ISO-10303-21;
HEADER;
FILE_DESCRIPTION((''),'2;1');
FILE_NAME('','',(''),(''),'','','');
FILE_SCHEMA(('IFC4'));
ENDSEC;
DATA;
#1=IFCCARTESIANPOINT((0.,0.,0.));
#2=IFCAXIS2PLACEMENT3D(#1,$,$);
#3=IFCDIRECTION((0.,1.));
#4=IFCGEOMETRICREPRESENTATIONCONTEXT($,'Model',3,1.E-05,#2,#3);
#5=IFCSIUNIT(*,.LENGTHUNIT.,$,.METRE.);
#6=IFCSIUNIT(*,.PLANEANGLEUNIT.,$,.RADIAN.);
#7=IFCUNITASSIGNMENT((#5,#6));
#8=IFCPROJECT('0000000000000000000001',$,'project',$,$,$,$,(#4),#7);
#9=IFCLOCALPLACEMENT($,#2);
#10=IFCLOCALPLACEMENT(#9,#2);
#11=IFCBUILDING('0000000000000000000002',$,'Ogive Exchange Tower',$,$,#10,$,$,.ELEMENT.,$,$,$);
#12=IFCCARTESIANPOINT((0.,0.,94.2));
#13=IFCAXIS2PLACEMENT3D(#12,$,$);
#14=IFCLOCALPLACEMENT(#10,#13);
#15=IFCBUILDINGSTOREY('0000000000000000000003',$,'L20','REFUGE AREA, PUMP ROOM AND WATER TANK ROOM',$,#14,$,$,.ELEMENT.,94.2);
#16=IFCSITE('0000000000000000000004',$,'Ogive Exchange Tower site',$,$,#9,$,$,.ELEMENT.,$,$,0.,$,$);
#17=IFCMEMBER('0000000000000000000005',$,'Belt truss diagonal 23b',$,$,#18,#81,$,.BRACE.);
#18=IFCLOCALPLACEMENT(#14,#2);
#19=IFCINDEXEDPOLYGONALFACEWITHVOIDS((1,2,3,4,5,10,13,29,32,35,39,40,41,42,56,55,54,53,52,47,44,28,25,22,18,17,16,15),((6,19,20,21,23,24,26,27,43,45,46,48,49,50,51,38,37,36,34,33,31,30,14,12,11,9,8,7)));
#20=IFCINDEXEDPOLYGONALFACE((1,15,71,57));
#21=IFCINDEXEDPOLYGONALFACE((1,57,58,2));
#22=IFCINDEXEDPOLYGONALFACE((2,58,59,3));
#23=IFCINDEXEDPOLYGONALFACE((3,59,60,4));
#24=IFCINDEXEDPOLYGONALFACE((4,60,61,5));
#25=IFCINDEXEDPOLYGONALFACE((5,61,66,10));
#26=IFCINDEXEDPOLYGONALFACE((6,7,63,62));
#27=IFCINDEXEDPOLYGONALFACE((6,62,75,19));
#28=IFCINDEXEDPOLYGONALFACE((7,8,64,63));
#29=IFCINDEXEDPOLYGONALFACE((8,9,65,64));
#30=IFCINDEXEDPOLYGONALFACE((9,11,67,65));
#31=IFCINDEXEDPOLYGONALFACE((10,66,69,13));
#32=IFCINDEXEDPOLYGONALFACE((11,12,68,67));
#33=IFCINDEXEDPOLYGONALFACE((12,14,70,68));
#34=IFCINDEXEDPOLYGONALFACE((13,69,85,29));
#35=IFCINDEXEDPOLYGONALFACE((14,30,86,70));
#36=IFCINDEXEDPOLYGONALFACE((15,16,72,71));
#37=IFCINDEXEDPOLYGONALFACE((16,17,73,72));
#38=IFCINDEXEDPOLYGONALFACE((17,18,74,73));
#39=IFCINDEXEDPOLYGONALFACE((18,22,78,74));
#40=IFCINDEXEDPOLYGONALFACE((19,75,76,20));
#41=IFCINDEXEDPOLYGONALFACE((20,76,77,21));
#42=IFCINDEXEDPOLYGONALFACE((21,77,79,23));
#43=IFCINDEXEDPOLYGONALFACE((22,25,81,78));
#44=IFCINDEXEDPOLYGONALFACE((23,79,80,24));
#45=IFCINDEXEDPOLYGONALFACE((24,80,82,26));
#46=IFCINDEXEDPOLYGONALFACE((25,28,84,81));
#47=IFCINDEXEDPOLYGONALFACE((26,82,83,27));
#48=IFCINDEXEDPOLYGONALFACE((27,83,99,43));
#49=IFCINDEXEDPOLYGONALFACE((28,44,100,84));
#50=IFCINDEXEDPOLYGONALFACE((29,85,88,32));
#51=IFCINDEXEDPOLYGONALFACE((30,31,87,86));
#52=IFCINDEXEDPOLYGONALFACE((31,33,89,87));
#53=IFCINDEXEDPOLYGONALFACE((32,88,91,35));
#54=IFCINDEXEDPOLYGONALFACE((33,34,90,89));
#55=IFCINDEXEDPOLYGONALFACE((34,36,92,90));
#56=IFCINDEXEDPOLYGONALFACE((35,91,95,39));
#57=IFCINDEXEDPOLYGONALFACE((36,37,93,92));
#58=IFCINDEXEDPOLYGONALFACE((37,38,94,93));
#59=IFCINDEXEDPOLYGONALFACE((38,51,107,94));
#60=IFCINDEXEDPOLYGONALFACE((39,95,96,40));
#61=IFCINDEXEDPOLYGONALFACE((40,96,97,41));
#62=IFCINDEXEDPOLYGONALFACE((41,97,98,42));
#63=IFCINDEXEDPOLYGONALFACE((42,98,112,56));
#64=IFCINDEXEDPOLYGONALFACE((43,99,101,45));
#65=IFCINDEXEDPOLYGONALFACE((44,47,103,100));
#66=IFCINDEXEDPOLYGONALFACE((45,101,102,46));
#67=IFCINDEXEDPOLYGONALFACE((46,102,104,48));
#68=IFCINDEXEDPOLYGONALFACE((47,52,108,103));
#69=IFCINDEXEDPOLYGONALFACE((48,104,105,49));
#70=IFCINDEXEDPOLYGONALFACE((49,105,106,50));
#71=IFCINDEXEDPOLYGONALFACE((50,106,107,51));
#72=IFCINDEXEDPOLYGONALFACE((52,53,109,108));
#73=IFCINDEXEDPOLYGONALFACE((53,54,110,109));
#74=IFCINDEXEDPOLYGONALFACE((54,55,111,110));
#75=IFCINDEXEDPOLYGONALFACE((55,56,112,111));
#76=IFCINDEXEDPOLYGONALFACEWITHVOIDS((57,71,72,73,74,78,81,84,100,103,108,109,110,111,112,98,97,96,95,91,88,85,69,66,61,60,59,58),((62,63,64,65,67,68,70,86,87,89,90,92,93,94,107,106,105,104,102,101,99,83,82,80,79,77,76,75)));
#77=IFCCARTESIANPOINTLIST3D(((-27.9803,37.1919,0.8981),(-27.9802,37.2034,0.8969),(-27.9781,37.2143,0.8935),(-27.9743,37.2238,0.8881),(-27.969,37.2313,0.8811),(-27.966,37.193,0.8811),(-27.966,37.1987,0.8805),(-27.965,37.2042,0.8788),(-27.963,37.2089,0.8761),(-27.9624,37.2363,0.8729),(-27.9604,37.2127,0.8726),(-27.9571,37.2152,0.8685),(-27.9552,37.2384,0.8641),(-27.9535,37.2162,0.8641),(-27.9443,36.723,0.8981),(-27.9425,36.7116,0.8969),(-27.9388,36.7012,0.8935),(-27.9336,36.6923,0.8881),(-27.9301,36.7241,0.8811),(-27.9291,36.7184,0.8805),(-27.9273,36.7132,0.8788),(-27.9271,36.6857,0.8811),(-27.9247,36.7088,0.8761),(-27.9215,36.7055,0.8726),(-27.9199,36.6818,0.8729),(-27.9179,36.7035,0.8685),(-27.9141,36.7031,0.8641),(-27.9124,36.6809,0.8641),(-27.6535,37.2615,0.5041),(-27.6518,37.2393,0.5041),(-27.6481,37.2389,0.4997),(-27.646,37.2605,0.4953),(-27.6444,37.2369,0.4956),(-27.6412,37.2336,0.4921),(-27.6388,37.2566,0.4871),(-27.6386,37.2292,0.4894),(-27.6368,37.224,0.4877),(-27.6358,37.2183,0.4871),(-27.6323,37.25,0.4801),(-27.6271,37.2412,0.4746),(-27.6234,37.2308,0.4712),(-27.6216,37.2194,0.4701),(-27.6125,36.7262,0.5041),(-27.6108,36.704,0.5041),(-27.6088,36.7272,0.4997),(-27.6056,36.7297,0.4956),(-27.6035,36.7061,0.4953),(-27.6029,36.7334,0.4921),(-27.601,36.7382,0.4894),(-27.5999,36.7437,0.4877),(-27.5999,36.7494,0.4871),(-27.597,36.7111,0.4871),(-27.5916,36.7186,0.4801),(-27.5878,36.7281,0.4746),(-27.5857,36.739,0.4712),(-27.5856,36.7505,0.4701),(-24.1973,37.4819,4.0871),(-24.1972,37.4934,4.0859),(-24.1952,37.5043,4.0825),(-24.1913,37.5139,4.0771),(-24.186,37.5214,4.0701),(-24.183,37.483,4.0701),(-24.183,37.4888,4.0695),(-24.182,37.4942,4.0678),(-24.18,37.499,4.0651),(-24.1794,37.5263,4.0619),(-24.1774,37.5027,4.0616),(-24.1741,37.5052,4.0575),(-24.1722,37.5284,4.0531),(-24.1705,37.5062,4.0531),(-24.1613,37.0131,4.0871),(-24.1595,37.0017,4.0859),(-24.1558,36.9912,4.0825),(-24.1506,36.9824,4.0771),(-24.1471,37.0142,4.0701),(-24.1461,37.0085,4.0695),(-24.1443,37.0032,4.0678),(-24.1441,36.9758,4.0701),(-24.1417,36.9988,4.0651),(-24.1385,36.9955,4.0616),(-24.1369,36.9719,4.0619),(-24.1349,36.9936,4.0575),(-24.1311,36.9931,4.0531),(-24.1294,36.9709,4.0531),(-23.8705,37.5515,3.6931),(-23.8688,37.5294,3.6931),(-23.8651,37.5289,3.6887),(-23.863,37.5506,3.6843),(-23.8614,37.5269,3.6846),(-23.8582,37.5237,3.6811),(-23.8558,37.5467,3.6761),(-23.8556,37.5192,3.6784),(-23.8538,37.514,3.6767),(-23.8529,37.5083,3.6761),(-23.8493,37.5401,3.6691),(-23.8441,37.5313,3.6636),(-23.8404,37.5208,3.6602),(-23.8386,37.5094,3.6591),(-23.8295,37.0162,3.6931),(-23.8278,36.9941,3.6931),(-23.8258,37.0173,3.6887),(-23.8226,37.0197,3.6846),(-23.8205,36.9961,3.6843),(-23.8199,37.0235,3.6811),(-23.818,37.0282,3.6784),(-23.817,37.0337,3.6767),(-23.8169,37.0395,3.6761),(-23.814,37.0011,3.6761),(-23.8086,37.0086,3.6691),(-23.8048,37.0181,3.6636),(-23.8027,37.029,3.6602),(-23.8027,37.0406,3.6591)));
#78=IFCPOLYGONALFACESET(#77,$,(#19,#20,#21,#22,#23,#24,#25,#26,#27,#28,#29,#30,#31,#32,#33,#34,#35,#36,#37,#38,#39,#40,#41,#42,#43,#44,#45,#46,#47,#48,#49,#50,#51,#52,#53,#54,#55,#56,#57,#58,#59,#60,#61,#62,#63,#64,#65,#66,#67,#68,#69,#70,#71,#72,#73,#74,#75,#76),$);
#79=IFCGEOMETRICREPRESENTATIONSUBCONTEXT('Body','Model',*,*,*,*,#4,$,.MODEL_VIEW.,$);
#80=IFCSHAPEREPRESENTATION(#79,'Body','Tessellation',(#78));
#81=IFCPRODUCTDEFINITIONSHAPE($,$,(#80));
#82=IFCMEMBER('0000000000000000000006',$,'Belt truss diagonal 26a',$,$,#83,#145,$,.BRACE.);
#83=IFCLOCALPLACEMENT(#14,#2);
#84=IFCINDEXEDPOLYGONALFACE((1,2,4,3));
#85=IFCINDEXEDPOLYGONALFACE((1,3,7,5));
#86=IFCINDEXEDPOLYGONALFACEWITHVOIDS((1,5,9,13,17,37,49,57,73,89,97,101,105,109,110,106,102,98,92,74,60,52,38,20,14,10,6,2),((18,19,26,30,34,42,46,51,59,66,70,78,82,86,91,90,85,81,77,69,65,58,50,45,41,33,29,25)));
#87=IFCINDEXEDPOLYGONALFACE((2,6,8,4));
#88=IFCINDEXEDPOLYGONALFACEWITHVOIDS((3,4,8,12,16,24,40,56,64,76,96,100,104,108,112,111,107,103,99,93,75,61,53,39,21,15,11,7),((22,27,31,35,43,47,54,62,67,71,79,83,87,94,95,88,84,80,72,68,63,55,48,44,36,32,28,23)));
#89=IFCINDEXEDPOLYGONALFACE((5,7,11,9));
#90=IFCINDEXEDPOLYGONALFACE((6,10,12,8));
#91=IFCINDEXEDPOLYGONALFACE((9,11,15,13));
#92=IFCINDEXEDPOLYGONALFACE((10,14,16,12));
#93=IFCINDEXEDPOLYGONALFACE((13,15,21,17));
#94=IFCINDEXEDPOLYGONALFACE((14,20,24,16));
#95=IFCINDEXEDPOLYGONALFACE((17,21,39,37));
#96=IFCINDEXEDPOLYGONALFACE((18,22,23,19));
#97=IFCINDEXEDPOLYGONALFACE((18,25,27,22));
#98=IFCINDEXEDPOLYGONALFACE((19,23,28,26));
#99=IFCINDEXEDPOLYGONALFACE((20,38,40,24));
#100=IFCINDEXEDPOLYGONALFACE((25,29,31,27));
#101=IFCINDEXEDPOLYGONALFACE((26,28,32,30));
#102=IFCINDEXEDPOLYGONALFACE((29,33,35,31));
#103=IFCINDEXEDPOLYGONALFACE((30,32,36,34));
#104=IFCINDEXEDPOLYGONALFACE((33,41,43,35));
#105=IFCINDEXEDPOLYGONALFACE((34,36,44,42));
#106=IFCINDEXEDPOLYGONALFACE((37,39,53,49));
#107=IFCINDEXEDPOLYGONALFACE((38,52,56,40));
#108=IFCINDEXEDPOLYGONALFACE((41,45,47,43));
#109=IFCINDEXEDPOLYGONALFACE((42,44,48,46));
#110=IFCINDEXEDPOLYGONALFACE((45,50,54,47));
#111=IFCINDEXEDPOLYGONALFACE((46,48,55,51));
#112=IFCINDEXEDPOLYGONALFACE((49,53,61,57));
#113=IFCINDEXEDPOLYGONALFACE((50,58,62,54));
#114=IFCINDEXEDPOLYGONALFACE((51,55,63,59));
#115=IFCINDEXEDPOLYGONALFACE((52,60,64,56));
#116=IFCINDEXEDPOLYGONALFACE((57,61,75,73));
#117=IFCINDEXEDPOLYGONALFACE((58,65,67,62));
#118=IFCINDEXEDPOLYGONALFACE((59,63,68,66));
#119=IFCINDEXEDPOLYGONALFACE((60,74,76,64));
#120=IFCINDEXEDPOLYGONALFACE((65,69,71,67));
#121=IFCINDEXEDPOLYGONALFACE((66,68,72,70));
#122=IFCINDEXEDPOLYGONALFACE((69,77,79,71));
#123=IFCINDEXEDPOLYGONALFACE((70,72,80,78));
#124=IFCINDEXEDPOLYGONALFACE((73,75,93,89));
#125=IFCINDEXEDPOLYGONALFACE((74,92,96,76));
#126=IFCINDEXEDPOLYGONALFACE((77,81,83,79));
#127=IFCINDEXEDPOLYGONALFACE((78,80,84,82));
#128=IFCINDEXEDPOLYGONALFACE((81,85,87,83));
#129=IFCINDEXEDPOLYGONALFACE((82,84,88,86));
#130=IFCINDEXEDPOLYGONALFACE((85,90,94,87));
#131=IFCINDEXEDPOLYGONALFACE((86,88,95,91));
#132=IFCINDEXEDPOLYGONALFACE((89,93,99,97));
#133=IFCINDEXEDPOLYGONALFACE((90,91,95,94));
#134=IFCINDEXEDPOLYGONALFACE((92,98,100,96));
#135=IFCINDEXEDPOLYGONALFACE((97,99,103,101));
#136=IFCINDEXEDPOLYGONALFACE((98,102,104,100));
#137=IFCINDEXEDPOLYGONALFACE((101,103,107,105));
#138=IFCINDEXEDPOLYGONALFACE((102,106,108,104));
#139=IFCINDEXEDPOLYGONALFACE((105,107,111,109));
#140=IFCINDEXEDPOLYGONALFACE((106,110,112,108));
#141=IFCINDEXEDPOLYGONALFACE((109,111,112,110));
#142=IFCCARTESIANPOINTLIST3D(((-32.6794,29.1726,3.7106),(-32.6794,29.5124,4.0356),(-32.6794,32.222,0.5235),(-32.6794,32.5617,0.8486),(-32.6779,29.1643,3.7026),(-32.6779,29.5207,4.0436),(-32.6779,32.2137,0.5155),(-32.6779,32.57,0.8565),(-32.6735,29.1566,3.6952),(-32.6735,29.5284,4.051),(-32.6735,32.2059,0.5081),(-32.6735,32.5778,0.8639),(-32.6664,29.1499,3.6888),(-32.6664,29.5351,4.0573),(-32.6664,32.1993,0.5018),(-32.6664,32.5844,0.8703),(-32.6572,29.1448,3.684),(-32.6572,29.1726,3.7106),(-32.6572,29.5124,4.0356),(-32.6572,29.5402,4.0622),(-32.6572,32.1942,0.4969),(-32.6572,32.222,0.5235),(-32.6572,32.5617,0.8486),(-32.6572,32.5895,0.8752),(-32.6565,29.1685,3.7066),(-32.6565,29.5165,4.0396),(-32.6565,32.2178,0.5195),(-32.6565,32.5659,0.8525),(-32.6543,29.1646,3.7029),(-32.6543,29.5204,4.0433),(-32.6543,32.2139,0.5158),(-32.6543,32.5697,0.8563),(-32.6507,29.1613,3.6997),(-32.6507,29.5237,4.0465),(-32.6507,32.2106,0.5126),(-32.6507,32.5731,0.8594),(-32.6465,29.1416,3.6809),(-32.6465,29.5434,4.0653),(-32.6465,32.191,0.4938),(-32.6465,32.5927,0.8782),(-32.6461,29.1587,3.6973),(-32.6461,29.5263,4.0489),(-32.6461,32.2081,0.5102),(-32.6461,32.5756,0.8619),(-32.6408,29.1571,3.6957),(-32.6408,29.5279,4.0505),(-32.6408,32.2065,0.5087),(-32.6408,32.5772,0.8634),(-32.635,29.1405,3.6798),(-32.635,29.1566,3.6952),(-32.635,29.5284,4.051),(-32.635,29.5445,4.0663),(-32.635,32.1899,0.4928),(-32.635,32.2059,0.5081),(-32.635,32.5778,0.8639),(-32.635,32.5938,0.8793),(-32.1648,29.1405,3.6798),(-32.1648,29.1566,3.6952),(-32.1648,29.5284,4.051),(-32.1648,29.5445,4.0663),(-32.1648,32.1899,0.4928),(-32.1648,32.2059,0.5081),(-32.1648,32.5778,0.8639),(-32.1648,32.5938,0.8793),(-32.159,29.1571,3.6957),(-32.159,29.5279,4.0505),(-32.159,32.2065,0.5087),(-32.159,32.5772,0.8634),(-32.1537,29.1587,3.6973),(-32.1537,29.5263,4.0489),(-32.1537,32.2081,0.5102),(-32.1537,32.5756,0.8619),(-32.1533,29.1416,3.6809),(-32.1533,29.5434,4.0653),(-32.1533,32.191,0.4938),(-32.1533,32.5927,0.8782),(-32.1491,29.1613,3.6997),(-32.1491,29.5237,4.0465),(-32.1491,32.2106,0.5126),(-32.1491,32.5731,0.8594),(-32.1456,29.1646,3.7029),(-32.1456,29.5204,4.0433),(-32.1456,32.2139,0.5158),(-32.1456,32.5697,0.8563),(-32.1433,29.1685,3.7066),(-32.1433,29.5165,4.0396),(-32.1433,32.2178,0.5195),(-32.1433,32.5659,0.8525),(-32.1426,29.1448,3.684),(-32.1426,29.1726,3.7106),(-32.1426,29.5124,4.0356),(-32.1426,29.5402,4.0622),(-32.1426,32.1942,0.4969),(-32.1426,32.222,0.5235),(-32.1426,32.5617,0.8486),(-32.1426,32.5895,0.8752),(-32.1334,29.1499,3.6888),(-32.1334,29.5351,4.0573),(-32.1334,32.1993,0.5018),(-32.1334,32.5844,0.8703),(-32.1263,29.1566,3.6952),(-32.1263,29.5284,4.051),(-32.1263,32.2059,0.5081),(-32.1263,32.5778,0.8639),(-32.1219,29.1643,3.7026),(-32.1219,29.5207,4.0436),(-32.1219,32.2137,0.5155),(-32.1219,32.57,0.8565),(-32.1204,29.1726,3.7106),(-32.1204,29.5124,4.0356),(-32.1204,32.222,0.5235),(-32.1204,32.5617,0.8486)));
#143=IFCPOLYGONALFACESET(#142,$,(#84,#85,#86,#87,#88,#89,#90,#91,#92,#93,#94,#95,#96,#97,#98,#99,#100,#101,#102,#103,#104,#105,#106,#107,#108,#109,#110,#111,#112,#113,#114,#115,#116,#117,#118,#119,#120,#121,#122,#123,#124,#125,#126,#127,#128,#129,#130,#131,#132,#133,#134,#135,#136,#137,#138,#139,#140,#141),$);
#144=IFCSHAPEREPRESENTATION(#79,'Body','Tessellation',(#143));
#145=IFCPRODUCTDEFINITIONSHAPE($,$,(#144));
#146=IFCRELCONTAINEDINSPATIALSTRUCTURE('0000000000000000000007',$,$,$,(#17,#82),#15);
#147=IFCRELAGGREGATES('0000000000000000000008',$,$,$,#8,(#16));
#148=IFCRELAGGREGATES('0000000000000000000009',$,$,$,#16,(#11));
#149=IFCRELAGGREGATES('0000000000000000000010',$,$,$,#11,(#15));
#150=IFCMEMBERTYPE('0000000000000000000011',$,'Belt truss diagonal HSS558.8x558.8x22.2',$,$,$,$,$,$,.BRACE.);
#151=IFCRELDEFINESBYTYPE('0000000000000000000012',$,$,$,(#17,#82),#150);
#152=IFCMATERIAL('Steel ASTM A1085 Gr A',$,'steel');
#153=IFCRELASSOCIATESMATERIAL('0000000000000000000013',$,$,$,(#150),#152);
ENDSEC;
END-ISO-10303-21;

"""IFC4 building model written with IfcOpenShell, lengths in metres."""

from ifc_helpers import new_model, si_unit, direction, frame, origin, origin_2d, place, context, subcontext, project, spatial, hollow_rectangle, extrude, material, material_profile, profile_set, type_object, element, save


model = new_model("IFC4")

# Units and contexts
model_context = context("Model", 3, precision=1e-05, world=origin(), true_north=direction((0.0, 1.0)))
body_context = subcontext(model_context, "Body", "Model", "MODEL_VIEW")
ifc_project = project(units=[si_unit("LENGTHUNIT", "METRE"), si_unit("PLANEANGLEUNIT", "RADIAN")], contexts=[model_context])

# Site, building, storey
site_placement = place(None, origin())
site = spatial("IfcSite", under=ifc_project, at=site_placement, Name="Ogive Exchange Tower site", CompositionType="ELEMENT", RefElevation=0.0)
building_placement = place(site_placement, origin())
building = spatial("IfcBuilding", under=site, at=building_placement, Name="Ogive Exchange Tower", CompositionType="ELEMENT")
storey_placement = place(building_placement, frame((0.0, 0.0, 94.2)))
storey = spatial("IfcBuildingStorey", under=building, at=storey_placement, Name="L20", Description="REFUGE AREA, PUMP ROOM AND WATER TANK ROOM", CompositionType="ELEMENT", Elevation=94.2)

# Members
ifc_material_1 = material(Name="Steel ASTM A1085 Gr A", Category="steel")
ifc_material_profile_1 = material_profile(ifc_material_1, hollow_rectangle(XDim=0.5591, YDim=0.5591, WallThickness=0.0222, InnerFilletRadius=0.0222, OuterFilletRadius=0.0444, at=origin_2d()), Name="HSS558.8x558.8x22.2")
ifc_profile_set_1 = profile_set([ifc_material_profile_1], Name="Steel ASTM A1085 Gr A")
member_type_1 = type_object("IfcMemberType", Name="Belt truss diagonal HSS558.8x558.8x22.2", PredefinedType="BRACE", material=ifc_profile_set_1)
for number, where, z_axis, x_axis, name in (
    (1, (-27.783, 36.9712, 0.6841), (0.763271, 0.05852, 0.643423), (-0.076446, 0.997074, 0.0), "Belt truss diagonal 23b"),
):
    element("IfcMember", number, at=place(storey_placement, frame(where, z_axis=z_axis, x_axis=x_axis)), inside=storey, type_object=member_type_1, Name=name, PredefinedType="BRACE", context=body_context, shape_type="SweptSolid", body=[
        extrude(hollow_rectangle(XDim=0.5591, YDim=0.5591, WallThickness=0.0222, InnerFilletRadius=0.0222, OuterFilletRadius=0.0444, at=origin_2d()), origin(), (0.0, 0.0, 1.0), 4.9563),
    ])
member_1_placement = place(storey_placement, frame((-32.3999, 32.3918, 0.686), z_axis=(0.0, -0.691326, 0.722543), x_axis=(1.0, 0.0, 0.0)))
element("IfcMember", 2, at=member_1_placement, inside=storey, type_object=member_type_1, Name="Belt truss diagonal 26a", PredefinedType="BRACE", context=body_context, shape_type="SweptSolid", body=[
    extrude(hollow_rectangle(XDim=0.5591, YDim=0.5591, WallThickness=0.0222, InnerFilletRadius=0.0222, OuterFilletRadius=0.0444, at=origin_2d()), origin(), (0.0, 0.0, 1.0), 4.4109),
])

save(model, "model.ifc")
